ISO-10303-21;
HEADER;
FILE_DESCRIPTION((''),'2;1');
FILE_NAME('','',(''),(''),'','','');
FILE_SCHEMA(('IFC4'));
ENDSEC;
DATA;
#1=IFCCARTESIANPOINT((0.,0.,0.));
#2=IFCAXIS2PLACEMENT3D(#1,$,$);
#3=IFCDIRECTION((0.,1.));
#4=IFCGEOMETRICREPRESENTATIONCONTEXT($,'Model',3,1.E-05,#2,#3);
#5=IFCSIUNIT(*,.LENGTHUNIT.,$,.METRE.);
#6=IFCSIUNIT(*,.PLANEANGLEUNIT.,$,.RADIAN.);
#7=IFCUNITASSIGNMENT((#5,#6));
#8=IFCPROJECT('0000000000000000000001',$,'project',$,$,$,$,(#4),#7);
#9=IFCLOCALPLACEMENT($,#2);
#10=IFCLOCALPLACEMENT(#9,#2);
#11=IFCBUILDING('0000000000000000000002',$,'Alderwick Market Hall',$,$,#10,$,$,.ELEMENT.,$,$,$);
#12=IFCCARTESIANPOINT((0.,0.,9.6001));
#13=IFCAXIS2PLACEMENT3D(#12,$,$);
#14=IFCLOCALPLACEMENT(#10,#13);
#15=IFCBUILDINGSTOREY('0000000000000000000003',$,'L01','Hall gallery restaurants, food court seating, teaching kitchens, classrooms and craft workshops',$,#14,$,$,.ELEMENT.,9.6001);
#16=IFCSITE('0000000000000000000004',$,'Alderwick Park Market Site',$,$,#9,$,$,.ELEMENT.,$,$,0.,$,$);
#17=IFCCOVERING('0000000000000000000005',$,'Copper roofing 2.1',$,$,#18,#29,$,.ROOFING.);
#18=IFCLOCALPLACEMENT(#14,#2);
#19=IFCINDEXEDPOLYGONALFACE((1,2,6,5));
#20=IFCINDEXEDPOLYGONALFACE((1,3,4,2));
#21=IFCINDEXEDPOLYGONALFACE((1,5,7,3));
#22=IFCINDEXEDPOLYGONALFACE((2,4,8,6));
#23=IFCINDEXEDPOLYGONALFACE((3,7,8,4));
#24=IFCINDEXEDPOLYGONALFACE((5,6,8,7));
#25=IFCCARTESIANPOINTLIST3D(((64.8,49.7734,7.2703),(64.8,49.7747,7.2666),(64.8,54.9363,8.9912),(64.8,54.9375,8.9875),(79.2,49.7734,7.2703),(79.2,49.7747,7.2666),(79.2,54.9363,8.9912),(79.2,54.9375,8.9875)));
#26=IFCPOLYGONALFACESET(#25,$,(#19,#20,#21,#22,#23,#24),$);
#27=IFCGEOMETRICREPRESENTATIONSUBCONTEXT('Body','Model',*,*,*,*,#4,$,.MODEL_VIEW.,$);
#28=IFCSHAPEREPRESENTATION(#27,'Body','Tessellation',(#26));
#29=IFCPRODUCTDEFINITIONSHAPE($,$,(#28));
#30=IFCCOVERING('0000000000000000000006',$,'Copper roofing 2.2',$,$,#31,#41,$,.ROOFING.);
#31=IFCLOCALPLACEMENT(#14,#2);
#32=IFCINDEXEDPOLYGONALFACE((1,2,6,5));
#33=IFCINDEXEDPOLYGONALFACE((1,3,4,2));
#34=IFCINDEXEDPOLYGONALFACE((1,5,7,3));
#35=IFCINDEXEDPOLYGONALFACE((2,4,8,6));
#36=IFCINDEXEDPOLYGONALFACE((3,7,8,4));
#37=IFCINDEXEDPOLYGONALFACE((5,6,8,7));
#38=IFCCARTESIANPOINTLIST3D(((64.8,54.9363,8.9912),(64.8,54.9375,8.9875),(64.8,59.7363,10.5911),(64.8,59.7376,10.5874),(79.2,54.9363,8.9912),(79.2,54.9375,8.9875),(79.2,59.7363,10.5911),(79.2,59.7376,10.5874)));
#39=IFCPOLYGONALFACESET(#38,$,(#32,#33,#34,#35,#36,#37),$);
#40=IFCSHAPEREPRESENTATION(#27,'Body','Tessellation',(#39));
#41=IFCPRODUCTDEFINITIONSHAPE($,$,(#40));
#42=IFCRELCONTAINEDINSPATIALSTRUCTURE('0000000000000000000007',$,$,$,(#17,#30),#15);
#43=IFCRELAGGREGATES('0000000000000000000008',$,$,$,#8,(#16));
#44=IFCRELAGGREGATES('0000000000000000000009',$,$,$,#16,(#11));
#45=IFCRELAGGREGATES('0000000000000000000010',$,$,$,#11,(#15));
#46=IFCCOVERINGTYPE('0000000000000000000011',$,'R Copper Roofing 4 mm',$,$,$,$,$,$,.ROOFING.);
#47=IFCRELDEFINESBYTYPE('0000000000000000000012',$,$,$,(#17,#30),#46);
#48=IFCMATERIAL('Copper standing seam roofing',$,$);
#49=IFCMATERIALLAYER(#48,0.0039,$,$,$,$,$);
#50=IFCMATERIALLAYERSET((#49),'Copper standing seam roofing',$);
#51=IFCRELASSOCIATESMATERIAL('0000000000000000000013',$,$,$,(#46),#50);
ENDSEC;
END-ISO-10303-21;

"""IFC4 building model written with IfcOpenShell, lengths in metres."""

from ifc_helpers import new_model, si_unit, direction, frame, origin, place, context, subcontext, project, spatial, polyline, outline, extrude, material, layer, layer_set, type_object, element, save


model = new_model("IFC4")

# Units and contexts
model_context = context("Model", 3, precision=1e-05, world=origin(), true_north=direction((0.0, 1.0)))
body_context = subcontext(model_context, "Body", "Model", "MODEL_VIEW")
ifc_project = project(units=[si_unit("LENGTHUNIT", "METRE"), si_unit("PLANEANGLEUNIT", "RADIAN")], contexts=[model_context])

# Site, building, storey
site_placement = place(None, origin())
site = spatial("IfcSite", under=ifc_project, at=site_placement, Name="Alderwick Park Market Site", CompositionType="ELEMENT", RefElevation=0.0)
building_placement = place(site_placement, origin())
building = spatial("IfcBuilding", under=site, at=building_placement, Name="Alderwick Market Hall", CompositionType="ELEMENT")
storey_placement = place(building_placement, frame((0.0, 0.0, 9.6001)))
storey = spatial("IfcBuildingStorey", under=building, at=storey_placement, Name="L01", Description="Hall gallery restaurants, food court seating, teaching kitchens, classrooms and craft workshops", CompositionType="ELEMENT", Elevation=9.6001)

# Coverings
ifc_material_1 = material(Name="Copper standing seam roofing")
ifc_layer_1 = layer(ifc_material_1, 0.0039)
ifc_layer_set_1 = layer_set([ifc_layer_1], Name="Copper standing seam roofing")
covering_type_1 = type_object("IfcCoveringType", Name="R Copper Roofing 4 mm", PredefinedType="ROOFING", material=ifc_layer_set_1)
covering_1_placement = place(storey_placement, frame((64.8, 49.7734, 7.2703), z_axis=(0.0, -0.316228, 0.948683), x_axis=(1.0, 0.0, 0.0)))
element("IfcCovering", 1, at=covering_1_placement, inside=storey, type_object=covering_type_1, Name="Copper roofing 2.1", PredefinedType="ROOFING", context=body_context, shape_type="SweptSolid", body=[
    extrude(outline(polyline([(0.0, 0.0), (14.3999, 0.0), (14.3999, 5.4421), (0.0, 5.4421), (0.0, 0.0)])), origin(), (0.0, 0.0, -1.0), 0.0039),
])
covering_2_placement = place(storey_placement, frame((64.8, 54.9363, 8.9912), z_axis=(0.0, -0.316199, 0.948693), x_axis=(1.0, 0.0, 0.0)))
element("IfcCovering", 2, at=covering_2_placement, inside=storey, type_object=covering_type_1, Name="Copper roofing 2.2", PredefinedType="ROOFING", context=body_context, shape_type="SweptSolid", body=[
    extrude(outline(polyline([(0.0, 0.0), (14.3999, 0.0), (14.3999, 5.0596), (0.0, 5.0596), (0.0, 0.0)])), origin(), (0.0, 0.0, -1.0), 0.0039),
])

save(model, "model.ifc")
